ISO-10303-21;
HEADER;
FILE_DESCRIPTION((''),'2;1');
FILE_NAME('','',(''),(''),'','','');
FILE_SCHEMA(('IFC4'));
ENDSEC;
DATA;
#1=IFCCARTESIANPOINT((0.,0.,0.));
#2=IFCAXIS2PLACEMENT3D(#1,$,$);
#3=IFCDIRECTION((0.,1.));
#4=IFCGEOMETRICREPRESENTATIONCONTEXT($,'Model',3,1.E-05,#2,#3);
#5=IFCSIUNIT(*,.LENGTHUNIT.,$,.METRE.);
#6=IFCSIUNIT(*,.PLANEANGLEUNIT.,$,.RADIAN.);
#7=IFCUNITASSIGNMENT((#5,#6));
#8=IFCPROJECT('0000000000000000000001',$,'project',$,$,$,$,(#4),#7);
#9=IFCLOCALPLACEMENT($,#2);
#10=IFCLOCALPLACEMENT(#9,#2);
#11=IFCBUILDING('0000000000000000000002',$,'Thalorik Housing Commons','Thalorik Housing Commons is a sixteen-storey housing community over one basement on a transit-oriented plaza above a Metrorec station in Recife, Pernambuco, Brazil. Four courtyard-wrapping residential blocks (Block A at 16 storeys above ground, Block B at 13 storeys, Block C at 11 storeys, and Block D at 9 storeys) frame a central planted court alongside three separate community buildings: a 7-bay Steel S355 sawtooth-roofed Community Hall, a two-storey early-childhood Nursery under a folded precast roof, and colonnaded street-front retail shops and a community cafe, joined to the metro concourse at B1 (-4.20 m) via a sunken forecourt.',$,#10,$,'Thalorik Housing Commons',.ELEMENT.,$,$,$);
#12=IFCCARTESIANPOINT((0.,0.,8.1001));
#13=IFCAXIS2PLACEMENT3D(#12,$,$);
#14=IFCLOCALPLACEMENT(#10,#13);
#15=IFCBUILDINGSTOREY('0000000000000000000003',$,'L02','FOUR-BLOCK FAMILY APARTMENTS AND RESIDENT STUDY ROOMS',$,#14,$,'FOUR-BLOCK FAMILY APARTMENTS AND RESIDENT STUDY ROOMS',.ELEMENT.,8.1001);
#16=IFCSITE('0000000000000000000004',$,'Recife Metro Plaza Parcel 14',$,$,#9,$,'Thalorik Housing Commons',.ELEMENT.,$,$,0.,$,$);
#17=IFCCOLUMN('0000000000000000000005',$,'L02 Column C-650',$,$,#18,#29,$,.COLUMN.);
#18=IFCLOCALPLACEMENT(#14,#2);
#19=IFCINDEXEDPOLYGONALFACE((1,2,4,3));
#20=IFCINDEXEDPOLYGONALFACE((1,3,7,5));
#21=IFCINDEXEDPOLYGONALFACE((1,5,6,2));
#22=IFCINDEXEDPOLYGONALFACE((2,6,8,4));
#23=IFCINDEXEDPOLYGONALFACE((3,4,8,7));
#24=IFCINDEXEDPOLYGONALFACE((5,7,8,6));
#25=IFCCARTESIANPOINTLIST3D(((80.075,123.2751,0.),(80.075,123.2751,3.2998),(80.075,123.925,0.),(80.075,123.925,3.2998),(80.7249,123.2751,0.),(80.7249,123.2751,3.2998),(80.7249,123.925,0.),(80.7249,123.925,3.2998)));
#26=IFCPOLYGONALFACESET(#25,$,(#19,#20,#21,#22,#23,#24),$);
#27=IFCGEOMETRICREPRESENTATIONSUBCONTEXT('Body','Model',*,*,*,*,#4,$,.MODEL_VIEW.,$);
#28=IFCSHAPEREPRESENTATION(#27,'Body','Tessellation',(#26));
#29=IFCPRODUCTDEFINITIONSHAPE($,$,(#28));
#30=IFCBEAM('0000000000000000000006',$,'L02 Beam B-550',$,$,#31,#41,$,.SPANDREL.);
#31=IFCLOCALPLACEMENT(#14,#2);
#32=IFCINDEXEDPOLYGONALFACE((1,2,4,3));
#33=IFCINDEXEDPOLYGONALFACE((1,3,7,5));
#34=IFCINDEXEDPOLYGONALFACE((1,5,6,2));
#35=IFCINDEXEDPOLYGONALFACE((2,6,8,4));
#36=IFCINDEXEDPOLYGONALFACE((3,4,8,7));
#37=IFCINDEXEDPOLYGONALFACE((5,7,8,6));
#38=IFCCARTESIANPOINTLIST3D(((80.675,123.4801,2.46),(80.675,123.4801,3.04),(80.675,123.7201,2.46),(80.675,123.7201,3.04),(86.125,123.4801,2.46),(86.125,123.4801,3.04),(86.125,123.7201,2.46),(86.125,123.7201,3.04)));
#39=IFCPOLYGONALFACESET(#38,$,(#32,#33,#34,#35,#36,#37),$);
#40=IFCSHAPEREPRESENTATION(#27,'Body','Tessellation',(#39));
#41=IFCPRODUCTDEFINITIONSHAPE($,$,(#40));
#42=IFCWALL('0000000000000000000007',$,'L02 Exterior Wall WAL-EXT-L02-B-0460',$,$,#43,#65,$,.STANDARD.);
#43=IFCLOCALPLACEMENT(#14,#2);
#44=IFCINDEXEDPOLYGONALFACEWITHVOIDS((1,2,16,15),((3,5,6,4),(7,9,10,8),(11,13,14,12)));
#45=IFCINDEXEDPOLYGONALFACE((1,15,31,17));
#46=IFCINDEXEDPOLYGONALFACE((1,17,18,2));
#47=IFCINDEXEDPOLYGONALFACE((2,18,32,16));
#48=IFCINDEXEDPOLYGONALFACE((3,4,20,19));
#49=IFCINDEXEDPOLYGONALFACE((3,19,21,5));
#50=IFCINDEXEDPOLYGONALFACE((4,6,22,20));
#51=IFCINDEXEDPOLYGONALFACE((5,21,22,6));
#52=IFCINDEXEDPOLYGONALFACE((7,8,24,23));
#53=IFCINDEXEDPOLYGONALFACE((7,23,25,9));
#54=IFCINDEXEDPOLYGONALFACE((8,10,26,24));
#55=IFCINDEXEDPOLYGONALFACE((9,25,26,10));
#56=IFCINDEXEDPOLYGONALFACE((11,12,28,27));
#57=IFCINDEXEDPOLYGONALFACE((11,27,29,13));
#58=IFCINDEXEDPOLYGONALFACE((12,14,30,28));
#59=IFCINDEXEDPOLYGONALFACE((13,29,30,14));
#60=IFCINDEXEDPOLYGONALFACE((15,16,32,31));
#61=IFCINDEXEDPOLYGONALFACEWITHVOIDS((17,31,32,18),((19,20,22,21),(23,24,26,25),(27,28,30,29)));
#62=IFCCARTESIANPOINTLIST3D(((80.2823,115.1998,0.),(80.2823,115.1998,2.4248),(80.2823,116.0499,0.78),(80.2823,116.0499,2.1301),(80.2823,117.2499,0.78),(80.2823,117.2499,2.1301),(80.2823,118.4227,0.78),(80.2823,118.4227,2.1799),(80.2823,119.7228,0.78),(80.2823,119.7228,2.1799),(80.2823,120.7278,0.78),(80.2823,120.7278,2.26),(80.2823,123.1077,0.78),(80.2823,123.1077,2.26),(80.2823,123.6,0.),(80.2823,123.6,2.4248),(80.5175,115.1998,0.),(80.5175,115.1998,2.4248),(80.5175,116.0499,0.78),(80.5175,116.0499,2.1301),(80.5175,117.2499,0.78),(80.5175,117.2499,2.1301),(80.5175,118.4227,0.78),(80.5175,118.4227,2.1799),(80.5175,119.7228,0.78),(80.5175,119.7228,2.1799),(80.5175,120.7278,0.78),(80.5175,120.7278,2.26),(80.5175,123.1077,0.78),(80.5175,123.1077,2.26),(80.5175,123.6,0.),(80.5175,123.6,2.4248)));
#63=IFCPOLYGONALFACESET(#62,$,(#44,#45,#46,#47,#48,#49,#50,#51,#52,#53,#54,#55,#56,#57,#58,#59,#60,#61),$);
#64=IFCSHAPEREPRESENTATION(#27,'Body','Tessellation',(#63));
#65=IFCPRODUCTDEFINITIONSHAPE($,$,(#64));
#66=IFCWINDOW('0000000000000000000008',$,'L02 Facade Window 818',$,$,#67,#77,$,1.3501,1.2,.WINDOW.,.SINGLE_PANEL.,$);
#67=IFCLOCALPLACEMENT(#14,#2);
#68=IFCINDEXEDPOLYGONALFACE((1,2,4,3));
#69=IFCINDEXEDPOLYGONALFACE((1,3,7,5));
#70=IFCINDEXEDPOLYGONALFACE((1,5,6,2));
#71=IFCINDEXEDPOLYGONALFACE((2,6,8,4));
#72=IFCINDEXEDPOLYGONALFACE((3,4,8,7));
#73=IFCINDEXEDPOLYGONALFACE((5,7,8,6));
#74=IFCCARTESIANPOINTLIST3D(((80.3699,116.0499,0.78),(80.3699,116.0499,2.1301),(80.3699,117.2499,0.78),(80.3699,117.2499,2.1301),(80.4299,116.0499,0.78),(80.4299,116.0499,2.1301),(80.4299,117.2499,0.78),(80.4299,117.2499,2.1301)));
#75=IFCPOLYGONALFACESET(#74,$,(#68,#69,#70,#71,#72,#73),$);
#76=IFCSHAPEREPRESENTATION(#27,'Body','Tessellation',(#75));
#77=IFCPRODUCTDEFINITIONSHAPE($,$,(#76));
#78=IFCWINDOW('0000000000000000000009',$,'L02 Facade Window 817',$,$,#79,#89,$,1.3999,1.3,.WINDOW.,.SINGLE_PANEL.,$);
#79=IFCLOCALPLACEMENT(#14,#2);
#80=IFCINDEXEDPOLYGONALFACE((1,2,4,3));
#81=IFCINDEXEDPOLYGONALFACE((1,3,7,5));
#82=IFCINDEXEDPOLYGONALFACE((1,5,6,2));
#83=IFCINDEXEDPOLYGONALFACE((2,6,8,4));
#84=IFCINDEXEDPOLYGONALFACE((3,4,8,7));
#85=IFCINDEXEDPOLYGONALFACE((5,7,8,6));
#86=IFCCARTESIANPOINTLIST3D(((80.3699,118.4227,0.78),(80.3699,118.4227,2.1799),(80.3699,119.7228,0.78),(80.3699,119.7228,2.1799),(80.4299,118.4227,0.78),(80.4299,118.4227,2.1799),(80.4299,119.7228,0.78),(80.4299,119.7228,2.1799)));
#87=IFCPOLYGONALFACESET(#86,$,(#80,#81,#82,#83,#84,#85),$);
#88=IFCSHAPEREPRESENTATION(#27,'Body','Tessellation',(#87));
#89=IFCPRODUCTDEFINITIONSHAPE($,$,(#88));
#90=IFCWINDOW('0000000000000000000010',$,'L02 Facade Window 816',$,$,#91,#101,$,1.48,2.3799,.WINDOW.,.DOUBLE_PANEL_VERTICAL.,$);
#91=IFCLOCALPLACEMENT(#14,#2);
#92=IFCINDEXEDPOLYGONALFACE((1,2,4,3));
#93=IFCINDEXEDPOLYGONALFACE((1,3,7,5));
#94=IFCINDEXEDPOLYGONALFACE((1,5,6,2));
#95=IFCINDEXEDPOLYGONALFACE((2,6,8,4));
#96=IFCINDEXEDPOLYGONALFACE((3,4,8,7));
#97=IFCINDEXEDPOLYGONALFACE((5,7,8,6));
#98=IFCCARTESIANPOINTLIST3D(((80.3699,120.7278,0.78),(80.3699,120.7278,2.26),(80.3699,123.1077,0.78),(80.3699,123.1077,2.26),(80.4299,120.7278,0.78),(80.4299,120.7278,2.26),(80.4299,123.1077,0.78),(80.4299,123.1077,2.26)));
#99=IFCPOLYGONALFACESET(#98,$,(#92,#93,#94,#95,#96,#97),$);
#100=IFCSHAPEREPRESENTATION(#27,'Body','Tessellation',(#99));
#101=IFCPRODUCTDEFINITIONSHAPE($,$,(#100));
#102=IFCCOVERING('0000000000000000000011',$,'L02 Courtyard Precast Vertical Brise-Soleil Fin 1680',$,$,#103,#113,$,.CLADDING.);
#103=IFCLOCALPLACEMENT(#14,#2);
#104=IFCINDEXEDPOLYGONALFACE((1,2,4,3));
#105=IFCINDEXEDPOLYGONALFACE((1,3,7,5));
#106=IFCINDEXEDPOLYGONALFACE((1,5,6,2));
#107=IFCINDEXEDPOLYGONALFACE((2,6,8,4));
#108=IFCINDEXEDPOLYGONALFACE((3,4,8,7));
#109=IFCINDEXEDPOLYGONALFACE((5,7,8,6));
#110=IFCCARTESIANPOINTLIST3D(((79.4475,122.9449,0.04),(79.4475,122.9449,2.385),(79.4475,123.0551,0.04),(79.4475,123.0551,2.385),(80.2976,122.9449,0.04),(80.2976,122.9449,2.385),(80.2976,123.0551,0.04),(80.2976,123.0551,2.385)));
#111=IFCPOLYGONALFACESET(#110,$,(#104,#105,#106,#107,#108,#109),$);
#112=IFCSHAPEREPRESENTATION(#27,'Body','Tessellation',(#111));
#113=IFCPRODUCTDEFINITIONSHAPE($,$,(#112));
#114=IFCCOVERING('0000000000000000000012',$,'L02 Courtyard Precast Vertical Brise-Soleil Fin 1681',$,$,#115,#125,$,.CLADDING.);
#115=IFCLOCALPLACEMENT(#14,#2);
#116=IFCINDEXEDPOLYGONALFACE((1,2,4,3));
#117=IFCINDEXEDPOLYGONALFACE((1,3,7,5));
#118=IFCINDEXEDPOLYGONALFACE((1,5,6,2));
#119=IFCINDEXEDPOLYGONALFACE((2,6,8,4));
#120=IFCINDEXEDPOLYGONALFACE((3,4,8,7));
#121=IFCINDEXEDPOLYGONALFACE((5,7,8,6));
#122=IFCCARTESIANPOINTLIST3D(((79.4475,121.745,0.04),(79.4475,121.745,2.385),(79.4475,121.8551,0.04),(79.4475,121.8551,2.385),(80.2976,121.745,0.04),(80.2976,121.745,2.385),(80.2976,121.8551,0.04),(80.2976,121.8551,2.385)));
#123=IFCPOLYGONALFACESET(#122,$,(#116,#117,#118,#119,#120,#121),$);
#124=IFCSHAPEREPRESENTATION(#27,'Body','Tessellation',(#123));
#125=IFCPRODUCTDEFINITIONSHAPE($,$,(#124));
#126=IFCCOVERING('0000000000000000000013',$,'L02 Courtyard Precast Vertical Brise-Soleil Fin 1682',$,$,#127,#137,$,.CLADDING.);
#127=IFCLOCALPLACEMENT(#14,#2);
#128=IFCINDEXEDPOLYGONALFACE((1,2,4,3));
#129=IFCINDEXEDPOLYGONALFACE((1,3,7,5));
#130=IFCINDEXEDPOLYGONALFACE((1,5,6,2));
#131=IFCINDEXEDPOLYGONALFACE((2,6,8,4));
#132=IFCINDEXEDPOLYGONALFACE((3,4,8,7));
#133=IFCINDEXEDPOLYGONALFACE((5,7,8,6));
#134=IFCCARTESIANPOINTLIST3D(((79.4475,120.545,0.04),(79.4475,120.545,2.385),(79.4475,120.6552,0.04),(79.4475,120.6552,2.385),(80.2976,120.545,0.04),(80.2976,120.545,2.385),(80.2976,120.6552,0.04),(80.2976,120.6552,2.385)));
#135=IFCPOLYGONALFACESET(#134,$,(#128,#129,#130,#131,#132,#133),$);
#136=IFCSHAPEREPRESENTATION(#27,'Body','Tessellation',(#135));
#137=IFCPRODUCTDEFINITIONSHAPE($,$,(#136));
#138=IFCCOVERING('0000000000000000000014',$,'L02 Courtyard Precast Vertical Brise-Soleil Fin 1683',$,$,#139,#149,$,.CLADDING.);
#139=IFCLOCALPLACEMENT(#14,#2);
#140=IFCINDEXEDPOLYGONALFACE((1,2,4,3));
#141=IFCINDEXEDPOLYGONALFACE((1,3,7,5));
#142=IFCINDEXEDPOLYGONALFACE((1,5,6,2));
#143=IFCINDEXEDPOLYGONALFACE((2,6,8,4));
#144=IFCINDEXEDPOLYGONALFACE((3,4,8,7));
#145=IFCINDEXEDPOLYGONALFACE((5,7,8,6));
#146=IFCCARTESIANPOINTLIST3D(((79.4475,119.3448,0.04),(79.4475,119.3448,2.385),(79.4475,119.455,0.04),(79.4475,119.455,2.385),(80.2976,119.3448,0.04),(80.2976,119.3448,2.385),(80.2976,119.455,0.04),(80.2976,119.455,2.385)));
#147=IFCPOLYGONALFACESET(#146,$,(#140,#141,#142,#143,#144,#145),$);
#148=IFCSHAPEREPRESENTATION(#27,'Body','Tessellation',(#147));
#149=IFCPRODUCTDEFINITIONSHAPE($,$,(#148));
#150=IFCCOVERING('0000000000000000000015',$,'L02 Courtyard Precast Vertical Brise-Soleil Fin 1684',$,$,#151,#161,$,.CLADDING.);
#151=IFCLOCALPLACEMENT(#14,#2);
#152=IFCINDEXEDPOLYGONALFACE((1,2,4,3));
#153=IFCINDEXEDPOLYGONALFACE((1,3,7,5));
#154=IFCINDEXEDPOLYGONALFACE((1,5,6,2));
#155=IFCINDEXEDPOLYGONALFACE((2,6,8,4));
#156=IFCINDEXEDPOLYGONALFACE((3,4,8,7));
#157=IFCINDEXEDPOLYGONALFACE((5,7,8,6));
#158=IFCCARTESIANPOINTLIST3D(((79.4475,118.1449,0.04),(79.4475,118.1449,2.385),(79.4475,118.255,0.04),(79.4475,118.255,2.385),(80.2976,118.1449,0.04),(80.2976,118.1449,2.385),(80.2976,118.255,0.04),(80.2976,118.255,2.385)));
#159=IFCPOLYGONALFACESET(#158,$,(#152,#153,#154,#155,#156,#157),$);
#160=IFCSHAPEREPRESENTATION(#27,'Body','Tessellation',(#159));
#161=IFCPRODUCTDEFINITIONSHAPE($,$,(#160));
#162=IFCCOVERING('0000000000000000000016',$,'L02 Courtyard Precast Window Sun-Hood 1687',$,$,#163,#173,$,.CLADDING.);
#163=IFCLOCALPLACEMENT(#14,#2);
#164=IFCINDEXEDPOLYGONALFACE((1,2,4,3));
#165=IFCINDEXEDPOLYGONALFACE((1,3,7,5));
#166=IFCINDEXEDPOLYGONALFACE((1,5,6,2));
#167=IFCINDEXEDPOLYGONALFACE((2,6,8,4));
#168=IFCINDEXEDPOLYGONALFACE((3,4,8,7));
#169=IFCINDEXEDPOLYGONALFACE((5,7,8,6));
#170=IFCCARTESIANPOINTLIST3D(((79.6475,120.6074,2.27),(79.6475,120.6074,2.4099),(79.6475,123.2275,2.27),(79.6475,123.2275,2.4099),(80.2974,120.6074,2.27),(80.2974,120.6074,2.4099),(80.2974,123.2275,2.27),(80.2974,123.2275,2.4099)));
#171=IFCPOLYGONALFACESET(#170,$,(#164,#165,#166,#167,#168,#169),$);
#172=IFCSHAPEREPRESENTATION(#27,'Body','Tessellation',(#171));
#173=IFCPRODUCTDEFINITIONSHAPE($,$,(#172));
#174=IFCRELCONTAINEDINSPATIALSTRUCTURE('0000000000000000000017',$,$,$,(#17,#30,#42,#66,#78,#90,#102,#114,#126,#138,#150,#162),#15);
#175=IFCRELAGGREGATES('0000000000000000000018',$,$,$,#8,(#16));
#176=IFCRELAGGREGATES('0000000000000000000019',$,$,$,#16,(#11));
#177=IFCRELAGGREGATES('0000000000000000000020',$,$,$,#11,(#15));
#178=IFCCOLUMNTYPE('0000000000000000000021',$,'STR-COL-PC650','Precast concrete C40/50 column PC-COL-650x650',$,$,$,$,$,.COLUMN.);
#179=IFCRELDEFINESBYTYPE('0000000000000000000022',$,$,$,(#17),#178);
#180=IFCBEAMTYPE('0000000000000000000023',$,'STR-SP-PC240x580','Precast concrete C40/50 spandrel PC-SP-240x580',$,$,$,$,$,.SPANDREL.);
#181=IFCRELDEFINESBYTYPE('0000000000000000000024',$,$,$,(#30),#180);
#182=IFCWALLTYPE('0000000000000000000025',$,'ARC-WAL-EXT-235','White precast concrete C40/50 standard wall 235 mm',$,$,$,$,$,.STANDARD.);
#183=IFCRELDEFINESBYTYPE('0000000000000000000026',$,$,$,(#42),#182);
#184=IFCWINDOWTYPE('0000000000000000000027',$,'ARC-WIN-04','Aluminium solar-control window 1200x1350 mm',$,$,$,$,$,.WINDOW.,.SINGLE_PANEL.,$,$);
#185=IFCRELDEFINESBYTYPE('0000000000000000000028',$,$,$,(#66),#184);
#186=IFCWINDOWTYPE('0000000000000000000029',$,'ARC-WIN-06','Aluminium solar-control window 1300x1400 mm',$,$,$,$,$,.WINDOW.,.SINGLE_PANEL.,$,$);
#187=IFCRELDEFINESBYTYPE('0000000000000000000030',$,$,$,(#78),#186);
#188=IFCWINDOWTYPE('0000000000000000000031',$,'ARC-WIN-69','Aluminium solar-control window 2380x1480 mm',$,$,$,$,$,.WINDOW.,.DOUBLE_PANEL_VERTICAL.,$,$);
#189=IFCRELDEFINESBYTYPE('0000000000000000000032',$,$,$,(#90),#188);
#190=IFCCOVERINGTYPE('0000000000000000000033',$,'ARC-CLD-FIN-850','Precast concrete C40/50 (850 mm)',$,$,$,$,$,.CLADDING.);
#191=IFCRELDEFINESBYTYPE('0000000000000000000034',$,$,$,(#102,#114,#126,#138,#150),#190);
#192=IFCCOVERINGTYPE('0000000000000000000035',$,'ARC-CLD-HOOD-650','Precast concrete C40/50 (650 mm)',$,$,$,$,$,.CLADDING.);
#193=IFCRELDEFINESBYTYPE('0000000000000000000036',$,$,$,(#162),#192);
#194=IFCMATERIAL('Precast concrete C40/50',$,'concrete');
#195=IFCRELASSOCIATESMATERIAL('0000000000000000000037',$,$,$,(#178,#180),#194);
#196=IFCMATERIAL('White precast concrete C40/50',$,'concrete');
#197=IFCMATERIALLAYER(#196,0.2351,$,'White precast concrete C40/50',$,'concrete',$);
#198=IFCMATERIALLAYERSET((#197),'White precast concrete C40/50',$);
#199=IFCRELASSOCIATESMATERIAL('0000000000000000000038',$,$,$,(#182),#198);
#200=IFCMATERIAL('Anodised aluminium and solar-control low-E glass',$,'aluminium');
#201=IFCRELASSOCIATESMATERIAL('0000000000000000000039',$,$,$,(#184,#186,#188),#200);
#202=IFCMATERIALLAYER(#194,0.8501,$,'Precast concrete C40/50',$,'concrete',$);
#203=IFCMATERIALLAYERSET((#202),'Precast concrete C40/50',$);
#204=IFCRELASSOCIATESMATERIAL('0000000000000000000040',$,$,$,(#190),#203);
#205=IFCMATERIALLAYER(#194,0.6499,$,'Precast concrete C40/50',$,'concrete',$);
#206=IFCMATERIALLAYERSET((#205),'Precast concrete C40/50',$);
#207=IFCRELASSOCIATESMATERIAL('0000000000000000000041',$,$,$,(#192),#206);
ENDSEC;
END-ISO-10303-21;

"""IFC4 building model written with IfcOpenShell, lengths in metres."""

from ifc_helpers import new_model, si_unit, direction, frame, frame_2d, origin, origin_2d, place, context, subcontext, project, spatial, rectangle, extrude, material, layer, layer_set, material_profile, profile_set, type_object, element, fill, save


model = new_model("IFC4")

# Units and contexts
model_context = context("Model", 3, precision=1e-05, world=origin(), true_north=direction((0.0, 1.0)))
body_context = subcontext(model_context, "Body", "Model", "MODEL_VIEW")
ifc_project = project(units=[si_unit("LENGTHUNIT", "METRE"), si_unit("PLANEANGLEUNIT", "RADIAN")], contexts=[model_context])

# Site, building, storey
site_placement = place(None, origin())
site = spatial("IfcSite", under=ifc_project, at=site_placement, Name="Recife Metro Plaza Parcel 14", LongName="Thalorik Housing Commons", CompositionType="ELEMENT", RefElevation=0.0)
building_placement = place(site_placement, origin())
building = spatial("IfcBuilding", under=site, at=building_placement, Name="Thalorik Housing Commons", Description="Thalorik Housing Commons is a sixteen-storey housing community over one basement on a transit-oriented plaza above a Metrorec station in Recife, Pernambuco, Brazil. Four courtyard-wrapping residential blocks (Block A at 16 storeys above ground, Block B at 13 storeys, Block C at 11 storeys, and Block D at 9 storeys) frame a central planted court alongside three separate community buildings: a 7-bay Steel S355 sawtooth-roofed Community Hall, a two-storey early-childhood Nursery under a folded precast roof, and colonnaded street-front retail shops and a community cafe, joined to the metro concourse at B1 (-4.20 m) via a sunken forecourt.", LongName="Thalorik Housing Commons", CompositionType="ELEMENT")
storey_placement = place(building_placement, frame((0.0, 0.0, 8.1001)))
storey = spatial("IfcBuildingStorey", under=building, at=storey_placement, Name="L02", Description="FOUR-BLOCK FAMILY APARTMENTS AND RESIDENT STUDY ROOMS", LongName="FOUR-BLOCK FAMILY APARTMENTS AND RESIDENT STUDY ROOMS", CompositionType="ELEMENT", Elevation=8.1001)

# Column
ifc_material_1 = material(Name="Precast concrete C40/50", Category="concrete")
ifc_material_profile_1 = material_profile(ifc_material_1, rectangle(XDim=0.6499, YDim=0.6499, at=origin_2d()), Name="PC 650x650", Category="concrete")
ifc_profile_set_1 = profile_set([ifc_material_profile_1], Name="Precast concrete C40/50")
column_type = type_object("IfcColumnType", Name="STR-COL-PC650", Description="Precast concrete C40/50 column PC-COL-650x650", PredefinedType="COLUMN", material=ifc_profile_set_1)
column_placement = place(storey_placement, frame((80.3999, 123.6001, 0.0), z_axis=(0.0, 0.0, 1.0), x_axis=(1.0, 0.0, 0.0)))
element("IfcColumn", 1, at=column_placement, inside=storey, type_object=column_type, Name="L02 Column C-650", PredefinedType="COLUMN", context=body_context, shape_type="SweptSolid", body=[
    extrude(rectangle(XDim=0.6499, YDim=0.6499, at=origin_2d()), origin(), (0.0, 0.0, 1.0), 3.2998),
])

# Beam
ifc_material_profile_2 = material_profile(ifc_material_1, rectangle(XDim=0.24, YDim=0.5801, at=origin_2d()), Name="PC SP 240x580", Category="concrete")
ifc_profile_set_2 = profile_set([ifc_material_profile_2], Name="Precast concrete C40/50")
beam_type = type_object("IfcBeamType", Name="STR-SP-PC240x580", Description="Precast concrete C40/50 spandrel PC-SP-240x580", PredefinedType="SPANDREL", material=ifc_profile_set_2)
beam_placement = place(storey_placement, frame((80.675, 123.6001, 2.75), z_axis=(1.0, 0.0, 0.0), x_axis=(0.0, 1.0, 0.0)))
element("IfcBeam", 2, at=beam_placement, inside=storey, type_object=beam_type, Name="L02 Beam B-550", PredefinedType="SPANDREL", context=body_context, shape_type="SweptSolid", body=[
    extrude(rectangle(XDim=0.24, YDim=0.5801, at=origin_2d()), origin(), (0.0, 0.0, 1.0), 5.45),
])

# Wall, openings, windows
ifc_material_2 = material(Name="White precast concrete C40/50", Category="concrete")
ifc_layer_1 = layer(ifc_material_2, 0.2351, Name="White precast concrete C40/50", Category="concrete")
ifc_layer_set_1 = layer_set([ifc_layer_1], Name="White precast concrete C40/50")
wall_type = type_object("IfcWallType", Name="ARC-WAL-EXT-235", Description="White precast concrete C40/50 standard wall 235 mm", PredefinedType="STANDARD", material=ifc_layer_set_1)
wall_placement = place(storey_placement, frame((80.3999, 123.6001, 0.0), z_axis=(0.0, 0.0, 1.0), x_axis=(0.0, -1.0, 0.0)))
wall = element("IfcWall", 3, at=wall_placement, inside=storey, type_object=wall_type, Name="L02 Exterior Wall WAL-EXT-L02-B-0460", PredefinedType="STANDARD", context=body_context, shape_type="SweptSolid", body=[
    extrude(rectangle(XDim=8.4001, YDim=0.2351, at=frame_2d((4.2002, 0.0))), origin(), (0.0, 0.0, 1.0), 2.4248),
])
opening_1_placement = place(wall_placement, frame((0.4924, 0.0, 0.78)))
opening_1 = element("IfcOpeningElement", 4, at=opening_1_placement, cuts=wall, PredefinedType="OPENING", context=body_context, shape_type="SweptSolid", body=[
    extrude(rectangle(XDim=2.3799, YDim=1.48, at=frame_2d((1.1899, 0.74))), frame((0.0, 0.1274, 0.0), z_axis=(0.0, -1.0, 0.0), x_axis=(1.0, 0.0, 0.0)), (0.0, 0.0, 1.0), 0.2551),
])
opening_2_placement = place(wall_placement, frame((3.8774, 0.0, 0.78)))
opening_2 = element("IfcOpeningElement", 5, at=opening_2_placement, cuts=wall, PredefinedType="OPENING", context=body_context, shape_type="SweptSolid", body=[
    extrude(rectangle(XDim=1.3, YDim=1.3999, at=frame_2d((0.6499, 0.7))), frame((0.0, 0.1274, 0.0), z_axis=(0.0, -1.0, 0.0), x_axis=(1.0, 0.0, 0.0)), (0.0, 0.0, 1.0), 0.2551),
])
opening_3_placement = place(wall_placement, frame((6.3501, 0.0, 0.78)))
opening_3 = element("IfcOpeningElement", 6, at=opening_3_placement, cuts=wall, PredefinedType="OPENING", context=body_context, shape_type="SweptSolid", body=[
    extrude(rectangle(XDim=1.2, YDim=1.3501, at=frame_2d((0.6001, 0.675))), frame((0.0, 0.1274, 0.0), z_axis=(0.0, -1.0, 0.0), x_axis=(1.0, 0.0, 0.0)), (0.0, 0.0, 1.0), 0.2551),
])
ifc_material_3 = material(Name="Anodised aluminium and solar-control low-E glass", Category="aluminium")
window_type_1 = type_object("IfcWindowType", Name="ARC-WIN-04", Description="Aluminium solar-control window 1200x1350 mm", PartitioningType="SINGLE_PANEL", PredefinedType="WINDOW", material=ifc_material_3)
window_1_placement = place(opening_3_placement, origin())
window_1 = element("IfcWindow", 7, at=window_1_placement, inside=storey, type_object=window_type_1, Name="L02 Facade Window 818", OverallHeight=1.3501, OverallWidth=1.2, PartitioningType="SINGLE_PANEL", PredefinedType="WINDOW", context=body_context, shape_type="SweptSolid", body=[
    extrude(rectangle(XDim=1.2, YDim=1.3501, at=frame_2d((0.6001, 0.675))), frame((0.0, 0.03, 0.0), z_axis=(0.0, -1.0, 0.0), x_axis=(1.0, 0.0, 0.0)), (0.0, 0.0, 1.0), 0.0601),
])
fill(opening_3, window_1)
window_type_2 = type_object("IfcWindowType", Name="ARC-WIN-06", Description="Aluminium solar-control window 1300x1400 mm", PartitioningType="SINGLE_PANEL", PredefinedType="WINDOW", material=ifc_material_3)
window_2_placement = place(opening_2_placement, origin())
window_2 = element("IfcWindow", 8, at=window_2_placement, inside=storey, type_object=window_type_2, Name="L02 Facade Window 817", OverallHeight=1.3999, OverallWidth=1.3, PartitioningType="SINGLE_PANEL", PredefinedType="WINDOW", context=body_context, shape_type="SweptSolid", body=[
    extrude(rectangle(XDim=1.3, YDim=1.3999, at=frame_2d((0.6499, 0.7))), frame((0.0, 0.03, 0.0), z_axis=(0.0, -1.0, 0.0), x_axis=(1.0, 0.0, 0.0)), (0.0, 0.0, 1.0), 0.0601),
])
fill(opening_2, window_2)
window_type_3 = type_object("IfcWindowType", Name="ARC-WIN-69", Description="Aluminium solar-control window 2380x1480 mm", PartitioningType="DOUBLE_PANEL_VERTICAL", PredefinedType="WINDOW", material=ifc_material_3)
window_3_placement = place(opening_1_placement, origin())
window_3 = element("IfcWindow", 9, at=window_3_placement, inside=storey, type_object=window_type_3, Name="L02 Facade Window 816", OverallHeight=1.48, OverallWidth=2.3799, PartitioningType="DOUBLE_PANEL_VERTICAL", PredefinedType="WINDOW", context=body_context, shape_type="SweptSolid", body=[
    extrude(rectangle(XDim=2.3799, YDim=1.48, at=frame_2d((1.1899, 0.74))), frame((0.0, 0.03, 0.0), z_axis=(0.0, -1.0, 0.0), x_axis=(1.0, 0.0, 0.0)), (0.0, 0.0, 1.0), 0.0601),
])
fill(opening_1, window_3)

# Coverings
ifc_layer_2 = layer(ifc_material_1, 0.8501, Name="Precast concrete C40/50", Category="concrete")
ifc_layer_set_2 = layer_set([ifc_layer_2], Name="Precast concrete C40/50")
covering_type_1 = type_object("IfcCoveringType", Name="ARC-CLD-FIN-850", Description="Precast concrete C40/50 (850 mm)", PredefinedType="CLADDING", material=ifc_layer_set_2)
for number, where, z_axis, x_axis, name in (
    (10, (79.8726, 123.0, 0.04), (0.0, 0.0, 1.0), (0.0, -1.0, 0.0), "L02 Courtyard Precast Vertical Brise-Soleil Fin 1680"),
    (11, (79.8726, 121.8, 0.04), (0.0, 0.0, 1.0), (0.0, -1.0, 0.0), "L02 Courtyard Precast Vertical Brise-Soleil Fin 1681"),
    (12, (79.8726, 120.6001, 0.04), (0.0, 0.0, 1.0), (0.0, -1.0, 0.0), "L02 Courtyard Precast Vertical Brise-Soleil Fin 1682"),
    (13, (79.8726, 119.3999, 0.04), (0.0, 0.0, 1.0), (0.0, -1.0, 0.0), "L02 Courtyard Precast Vertical Brise-Soleil Fin 1683"),
    (14, (79.8726, 118.2, 0.04), (0.0, 0.0, 1.0), (0.0, -1.0, 0.0), "L02 Courtyard Precast Vertical Brise-Soleil Fin 1684"),
):
    element("IfcCovering", number, at=place(storey_placement, frame(where, z_axis=z_axis, x_axis=x_axis)), inside=storey, type_object=covering_type_1, Name=name, PredefinedType="CLADDING", context=body_context, shape_type="SweptSolid", body=[
        extrude(rectangle(XDim=0.1101, YDim=0.8501, at=origin_2d()), origin(), (0.0, 0.0, 1.0), 2.345),
    ])
ifc_layer_3 = layer(ifc_material_1, 0.6499, Name="Precast concrete C40/50", Category="concrete")
ifc_layer_set_3 = layer_set([ifc_layer_3], Name="Precast concrete C40/50")
covering_type_2 = type_object("IfcCoveringType", Name="ARC-CLD-HOOD-650", Description="Precast concrete C40/50 (650 mm)", PredefinedType="CLADDING", material=ifc_layer_set_3)
covering_1_placement = place(storey_placement, frame((79.9724, 121.9175, 2.27), z_axis=(0.0, 0.0, 1.0), x_axis=(0.0, -1.0, 0.0)))
element("IfcCovering", 15, at=covering_1_placement, inside=storey, type_object=covering_type_2, Name="L02 Courtyard Precast Window Sun-Hood 1687", PredefinedType="CLADDING", context=body_context, shape_type="SweptSolid", body=[
    extrude(rectangle(XDim=2.6201, YDim=0.6499, at=origin_2d()), origin(), (0.0, 0.0, 1.0), 0.1399),
])

save(model, "model.ifc")
